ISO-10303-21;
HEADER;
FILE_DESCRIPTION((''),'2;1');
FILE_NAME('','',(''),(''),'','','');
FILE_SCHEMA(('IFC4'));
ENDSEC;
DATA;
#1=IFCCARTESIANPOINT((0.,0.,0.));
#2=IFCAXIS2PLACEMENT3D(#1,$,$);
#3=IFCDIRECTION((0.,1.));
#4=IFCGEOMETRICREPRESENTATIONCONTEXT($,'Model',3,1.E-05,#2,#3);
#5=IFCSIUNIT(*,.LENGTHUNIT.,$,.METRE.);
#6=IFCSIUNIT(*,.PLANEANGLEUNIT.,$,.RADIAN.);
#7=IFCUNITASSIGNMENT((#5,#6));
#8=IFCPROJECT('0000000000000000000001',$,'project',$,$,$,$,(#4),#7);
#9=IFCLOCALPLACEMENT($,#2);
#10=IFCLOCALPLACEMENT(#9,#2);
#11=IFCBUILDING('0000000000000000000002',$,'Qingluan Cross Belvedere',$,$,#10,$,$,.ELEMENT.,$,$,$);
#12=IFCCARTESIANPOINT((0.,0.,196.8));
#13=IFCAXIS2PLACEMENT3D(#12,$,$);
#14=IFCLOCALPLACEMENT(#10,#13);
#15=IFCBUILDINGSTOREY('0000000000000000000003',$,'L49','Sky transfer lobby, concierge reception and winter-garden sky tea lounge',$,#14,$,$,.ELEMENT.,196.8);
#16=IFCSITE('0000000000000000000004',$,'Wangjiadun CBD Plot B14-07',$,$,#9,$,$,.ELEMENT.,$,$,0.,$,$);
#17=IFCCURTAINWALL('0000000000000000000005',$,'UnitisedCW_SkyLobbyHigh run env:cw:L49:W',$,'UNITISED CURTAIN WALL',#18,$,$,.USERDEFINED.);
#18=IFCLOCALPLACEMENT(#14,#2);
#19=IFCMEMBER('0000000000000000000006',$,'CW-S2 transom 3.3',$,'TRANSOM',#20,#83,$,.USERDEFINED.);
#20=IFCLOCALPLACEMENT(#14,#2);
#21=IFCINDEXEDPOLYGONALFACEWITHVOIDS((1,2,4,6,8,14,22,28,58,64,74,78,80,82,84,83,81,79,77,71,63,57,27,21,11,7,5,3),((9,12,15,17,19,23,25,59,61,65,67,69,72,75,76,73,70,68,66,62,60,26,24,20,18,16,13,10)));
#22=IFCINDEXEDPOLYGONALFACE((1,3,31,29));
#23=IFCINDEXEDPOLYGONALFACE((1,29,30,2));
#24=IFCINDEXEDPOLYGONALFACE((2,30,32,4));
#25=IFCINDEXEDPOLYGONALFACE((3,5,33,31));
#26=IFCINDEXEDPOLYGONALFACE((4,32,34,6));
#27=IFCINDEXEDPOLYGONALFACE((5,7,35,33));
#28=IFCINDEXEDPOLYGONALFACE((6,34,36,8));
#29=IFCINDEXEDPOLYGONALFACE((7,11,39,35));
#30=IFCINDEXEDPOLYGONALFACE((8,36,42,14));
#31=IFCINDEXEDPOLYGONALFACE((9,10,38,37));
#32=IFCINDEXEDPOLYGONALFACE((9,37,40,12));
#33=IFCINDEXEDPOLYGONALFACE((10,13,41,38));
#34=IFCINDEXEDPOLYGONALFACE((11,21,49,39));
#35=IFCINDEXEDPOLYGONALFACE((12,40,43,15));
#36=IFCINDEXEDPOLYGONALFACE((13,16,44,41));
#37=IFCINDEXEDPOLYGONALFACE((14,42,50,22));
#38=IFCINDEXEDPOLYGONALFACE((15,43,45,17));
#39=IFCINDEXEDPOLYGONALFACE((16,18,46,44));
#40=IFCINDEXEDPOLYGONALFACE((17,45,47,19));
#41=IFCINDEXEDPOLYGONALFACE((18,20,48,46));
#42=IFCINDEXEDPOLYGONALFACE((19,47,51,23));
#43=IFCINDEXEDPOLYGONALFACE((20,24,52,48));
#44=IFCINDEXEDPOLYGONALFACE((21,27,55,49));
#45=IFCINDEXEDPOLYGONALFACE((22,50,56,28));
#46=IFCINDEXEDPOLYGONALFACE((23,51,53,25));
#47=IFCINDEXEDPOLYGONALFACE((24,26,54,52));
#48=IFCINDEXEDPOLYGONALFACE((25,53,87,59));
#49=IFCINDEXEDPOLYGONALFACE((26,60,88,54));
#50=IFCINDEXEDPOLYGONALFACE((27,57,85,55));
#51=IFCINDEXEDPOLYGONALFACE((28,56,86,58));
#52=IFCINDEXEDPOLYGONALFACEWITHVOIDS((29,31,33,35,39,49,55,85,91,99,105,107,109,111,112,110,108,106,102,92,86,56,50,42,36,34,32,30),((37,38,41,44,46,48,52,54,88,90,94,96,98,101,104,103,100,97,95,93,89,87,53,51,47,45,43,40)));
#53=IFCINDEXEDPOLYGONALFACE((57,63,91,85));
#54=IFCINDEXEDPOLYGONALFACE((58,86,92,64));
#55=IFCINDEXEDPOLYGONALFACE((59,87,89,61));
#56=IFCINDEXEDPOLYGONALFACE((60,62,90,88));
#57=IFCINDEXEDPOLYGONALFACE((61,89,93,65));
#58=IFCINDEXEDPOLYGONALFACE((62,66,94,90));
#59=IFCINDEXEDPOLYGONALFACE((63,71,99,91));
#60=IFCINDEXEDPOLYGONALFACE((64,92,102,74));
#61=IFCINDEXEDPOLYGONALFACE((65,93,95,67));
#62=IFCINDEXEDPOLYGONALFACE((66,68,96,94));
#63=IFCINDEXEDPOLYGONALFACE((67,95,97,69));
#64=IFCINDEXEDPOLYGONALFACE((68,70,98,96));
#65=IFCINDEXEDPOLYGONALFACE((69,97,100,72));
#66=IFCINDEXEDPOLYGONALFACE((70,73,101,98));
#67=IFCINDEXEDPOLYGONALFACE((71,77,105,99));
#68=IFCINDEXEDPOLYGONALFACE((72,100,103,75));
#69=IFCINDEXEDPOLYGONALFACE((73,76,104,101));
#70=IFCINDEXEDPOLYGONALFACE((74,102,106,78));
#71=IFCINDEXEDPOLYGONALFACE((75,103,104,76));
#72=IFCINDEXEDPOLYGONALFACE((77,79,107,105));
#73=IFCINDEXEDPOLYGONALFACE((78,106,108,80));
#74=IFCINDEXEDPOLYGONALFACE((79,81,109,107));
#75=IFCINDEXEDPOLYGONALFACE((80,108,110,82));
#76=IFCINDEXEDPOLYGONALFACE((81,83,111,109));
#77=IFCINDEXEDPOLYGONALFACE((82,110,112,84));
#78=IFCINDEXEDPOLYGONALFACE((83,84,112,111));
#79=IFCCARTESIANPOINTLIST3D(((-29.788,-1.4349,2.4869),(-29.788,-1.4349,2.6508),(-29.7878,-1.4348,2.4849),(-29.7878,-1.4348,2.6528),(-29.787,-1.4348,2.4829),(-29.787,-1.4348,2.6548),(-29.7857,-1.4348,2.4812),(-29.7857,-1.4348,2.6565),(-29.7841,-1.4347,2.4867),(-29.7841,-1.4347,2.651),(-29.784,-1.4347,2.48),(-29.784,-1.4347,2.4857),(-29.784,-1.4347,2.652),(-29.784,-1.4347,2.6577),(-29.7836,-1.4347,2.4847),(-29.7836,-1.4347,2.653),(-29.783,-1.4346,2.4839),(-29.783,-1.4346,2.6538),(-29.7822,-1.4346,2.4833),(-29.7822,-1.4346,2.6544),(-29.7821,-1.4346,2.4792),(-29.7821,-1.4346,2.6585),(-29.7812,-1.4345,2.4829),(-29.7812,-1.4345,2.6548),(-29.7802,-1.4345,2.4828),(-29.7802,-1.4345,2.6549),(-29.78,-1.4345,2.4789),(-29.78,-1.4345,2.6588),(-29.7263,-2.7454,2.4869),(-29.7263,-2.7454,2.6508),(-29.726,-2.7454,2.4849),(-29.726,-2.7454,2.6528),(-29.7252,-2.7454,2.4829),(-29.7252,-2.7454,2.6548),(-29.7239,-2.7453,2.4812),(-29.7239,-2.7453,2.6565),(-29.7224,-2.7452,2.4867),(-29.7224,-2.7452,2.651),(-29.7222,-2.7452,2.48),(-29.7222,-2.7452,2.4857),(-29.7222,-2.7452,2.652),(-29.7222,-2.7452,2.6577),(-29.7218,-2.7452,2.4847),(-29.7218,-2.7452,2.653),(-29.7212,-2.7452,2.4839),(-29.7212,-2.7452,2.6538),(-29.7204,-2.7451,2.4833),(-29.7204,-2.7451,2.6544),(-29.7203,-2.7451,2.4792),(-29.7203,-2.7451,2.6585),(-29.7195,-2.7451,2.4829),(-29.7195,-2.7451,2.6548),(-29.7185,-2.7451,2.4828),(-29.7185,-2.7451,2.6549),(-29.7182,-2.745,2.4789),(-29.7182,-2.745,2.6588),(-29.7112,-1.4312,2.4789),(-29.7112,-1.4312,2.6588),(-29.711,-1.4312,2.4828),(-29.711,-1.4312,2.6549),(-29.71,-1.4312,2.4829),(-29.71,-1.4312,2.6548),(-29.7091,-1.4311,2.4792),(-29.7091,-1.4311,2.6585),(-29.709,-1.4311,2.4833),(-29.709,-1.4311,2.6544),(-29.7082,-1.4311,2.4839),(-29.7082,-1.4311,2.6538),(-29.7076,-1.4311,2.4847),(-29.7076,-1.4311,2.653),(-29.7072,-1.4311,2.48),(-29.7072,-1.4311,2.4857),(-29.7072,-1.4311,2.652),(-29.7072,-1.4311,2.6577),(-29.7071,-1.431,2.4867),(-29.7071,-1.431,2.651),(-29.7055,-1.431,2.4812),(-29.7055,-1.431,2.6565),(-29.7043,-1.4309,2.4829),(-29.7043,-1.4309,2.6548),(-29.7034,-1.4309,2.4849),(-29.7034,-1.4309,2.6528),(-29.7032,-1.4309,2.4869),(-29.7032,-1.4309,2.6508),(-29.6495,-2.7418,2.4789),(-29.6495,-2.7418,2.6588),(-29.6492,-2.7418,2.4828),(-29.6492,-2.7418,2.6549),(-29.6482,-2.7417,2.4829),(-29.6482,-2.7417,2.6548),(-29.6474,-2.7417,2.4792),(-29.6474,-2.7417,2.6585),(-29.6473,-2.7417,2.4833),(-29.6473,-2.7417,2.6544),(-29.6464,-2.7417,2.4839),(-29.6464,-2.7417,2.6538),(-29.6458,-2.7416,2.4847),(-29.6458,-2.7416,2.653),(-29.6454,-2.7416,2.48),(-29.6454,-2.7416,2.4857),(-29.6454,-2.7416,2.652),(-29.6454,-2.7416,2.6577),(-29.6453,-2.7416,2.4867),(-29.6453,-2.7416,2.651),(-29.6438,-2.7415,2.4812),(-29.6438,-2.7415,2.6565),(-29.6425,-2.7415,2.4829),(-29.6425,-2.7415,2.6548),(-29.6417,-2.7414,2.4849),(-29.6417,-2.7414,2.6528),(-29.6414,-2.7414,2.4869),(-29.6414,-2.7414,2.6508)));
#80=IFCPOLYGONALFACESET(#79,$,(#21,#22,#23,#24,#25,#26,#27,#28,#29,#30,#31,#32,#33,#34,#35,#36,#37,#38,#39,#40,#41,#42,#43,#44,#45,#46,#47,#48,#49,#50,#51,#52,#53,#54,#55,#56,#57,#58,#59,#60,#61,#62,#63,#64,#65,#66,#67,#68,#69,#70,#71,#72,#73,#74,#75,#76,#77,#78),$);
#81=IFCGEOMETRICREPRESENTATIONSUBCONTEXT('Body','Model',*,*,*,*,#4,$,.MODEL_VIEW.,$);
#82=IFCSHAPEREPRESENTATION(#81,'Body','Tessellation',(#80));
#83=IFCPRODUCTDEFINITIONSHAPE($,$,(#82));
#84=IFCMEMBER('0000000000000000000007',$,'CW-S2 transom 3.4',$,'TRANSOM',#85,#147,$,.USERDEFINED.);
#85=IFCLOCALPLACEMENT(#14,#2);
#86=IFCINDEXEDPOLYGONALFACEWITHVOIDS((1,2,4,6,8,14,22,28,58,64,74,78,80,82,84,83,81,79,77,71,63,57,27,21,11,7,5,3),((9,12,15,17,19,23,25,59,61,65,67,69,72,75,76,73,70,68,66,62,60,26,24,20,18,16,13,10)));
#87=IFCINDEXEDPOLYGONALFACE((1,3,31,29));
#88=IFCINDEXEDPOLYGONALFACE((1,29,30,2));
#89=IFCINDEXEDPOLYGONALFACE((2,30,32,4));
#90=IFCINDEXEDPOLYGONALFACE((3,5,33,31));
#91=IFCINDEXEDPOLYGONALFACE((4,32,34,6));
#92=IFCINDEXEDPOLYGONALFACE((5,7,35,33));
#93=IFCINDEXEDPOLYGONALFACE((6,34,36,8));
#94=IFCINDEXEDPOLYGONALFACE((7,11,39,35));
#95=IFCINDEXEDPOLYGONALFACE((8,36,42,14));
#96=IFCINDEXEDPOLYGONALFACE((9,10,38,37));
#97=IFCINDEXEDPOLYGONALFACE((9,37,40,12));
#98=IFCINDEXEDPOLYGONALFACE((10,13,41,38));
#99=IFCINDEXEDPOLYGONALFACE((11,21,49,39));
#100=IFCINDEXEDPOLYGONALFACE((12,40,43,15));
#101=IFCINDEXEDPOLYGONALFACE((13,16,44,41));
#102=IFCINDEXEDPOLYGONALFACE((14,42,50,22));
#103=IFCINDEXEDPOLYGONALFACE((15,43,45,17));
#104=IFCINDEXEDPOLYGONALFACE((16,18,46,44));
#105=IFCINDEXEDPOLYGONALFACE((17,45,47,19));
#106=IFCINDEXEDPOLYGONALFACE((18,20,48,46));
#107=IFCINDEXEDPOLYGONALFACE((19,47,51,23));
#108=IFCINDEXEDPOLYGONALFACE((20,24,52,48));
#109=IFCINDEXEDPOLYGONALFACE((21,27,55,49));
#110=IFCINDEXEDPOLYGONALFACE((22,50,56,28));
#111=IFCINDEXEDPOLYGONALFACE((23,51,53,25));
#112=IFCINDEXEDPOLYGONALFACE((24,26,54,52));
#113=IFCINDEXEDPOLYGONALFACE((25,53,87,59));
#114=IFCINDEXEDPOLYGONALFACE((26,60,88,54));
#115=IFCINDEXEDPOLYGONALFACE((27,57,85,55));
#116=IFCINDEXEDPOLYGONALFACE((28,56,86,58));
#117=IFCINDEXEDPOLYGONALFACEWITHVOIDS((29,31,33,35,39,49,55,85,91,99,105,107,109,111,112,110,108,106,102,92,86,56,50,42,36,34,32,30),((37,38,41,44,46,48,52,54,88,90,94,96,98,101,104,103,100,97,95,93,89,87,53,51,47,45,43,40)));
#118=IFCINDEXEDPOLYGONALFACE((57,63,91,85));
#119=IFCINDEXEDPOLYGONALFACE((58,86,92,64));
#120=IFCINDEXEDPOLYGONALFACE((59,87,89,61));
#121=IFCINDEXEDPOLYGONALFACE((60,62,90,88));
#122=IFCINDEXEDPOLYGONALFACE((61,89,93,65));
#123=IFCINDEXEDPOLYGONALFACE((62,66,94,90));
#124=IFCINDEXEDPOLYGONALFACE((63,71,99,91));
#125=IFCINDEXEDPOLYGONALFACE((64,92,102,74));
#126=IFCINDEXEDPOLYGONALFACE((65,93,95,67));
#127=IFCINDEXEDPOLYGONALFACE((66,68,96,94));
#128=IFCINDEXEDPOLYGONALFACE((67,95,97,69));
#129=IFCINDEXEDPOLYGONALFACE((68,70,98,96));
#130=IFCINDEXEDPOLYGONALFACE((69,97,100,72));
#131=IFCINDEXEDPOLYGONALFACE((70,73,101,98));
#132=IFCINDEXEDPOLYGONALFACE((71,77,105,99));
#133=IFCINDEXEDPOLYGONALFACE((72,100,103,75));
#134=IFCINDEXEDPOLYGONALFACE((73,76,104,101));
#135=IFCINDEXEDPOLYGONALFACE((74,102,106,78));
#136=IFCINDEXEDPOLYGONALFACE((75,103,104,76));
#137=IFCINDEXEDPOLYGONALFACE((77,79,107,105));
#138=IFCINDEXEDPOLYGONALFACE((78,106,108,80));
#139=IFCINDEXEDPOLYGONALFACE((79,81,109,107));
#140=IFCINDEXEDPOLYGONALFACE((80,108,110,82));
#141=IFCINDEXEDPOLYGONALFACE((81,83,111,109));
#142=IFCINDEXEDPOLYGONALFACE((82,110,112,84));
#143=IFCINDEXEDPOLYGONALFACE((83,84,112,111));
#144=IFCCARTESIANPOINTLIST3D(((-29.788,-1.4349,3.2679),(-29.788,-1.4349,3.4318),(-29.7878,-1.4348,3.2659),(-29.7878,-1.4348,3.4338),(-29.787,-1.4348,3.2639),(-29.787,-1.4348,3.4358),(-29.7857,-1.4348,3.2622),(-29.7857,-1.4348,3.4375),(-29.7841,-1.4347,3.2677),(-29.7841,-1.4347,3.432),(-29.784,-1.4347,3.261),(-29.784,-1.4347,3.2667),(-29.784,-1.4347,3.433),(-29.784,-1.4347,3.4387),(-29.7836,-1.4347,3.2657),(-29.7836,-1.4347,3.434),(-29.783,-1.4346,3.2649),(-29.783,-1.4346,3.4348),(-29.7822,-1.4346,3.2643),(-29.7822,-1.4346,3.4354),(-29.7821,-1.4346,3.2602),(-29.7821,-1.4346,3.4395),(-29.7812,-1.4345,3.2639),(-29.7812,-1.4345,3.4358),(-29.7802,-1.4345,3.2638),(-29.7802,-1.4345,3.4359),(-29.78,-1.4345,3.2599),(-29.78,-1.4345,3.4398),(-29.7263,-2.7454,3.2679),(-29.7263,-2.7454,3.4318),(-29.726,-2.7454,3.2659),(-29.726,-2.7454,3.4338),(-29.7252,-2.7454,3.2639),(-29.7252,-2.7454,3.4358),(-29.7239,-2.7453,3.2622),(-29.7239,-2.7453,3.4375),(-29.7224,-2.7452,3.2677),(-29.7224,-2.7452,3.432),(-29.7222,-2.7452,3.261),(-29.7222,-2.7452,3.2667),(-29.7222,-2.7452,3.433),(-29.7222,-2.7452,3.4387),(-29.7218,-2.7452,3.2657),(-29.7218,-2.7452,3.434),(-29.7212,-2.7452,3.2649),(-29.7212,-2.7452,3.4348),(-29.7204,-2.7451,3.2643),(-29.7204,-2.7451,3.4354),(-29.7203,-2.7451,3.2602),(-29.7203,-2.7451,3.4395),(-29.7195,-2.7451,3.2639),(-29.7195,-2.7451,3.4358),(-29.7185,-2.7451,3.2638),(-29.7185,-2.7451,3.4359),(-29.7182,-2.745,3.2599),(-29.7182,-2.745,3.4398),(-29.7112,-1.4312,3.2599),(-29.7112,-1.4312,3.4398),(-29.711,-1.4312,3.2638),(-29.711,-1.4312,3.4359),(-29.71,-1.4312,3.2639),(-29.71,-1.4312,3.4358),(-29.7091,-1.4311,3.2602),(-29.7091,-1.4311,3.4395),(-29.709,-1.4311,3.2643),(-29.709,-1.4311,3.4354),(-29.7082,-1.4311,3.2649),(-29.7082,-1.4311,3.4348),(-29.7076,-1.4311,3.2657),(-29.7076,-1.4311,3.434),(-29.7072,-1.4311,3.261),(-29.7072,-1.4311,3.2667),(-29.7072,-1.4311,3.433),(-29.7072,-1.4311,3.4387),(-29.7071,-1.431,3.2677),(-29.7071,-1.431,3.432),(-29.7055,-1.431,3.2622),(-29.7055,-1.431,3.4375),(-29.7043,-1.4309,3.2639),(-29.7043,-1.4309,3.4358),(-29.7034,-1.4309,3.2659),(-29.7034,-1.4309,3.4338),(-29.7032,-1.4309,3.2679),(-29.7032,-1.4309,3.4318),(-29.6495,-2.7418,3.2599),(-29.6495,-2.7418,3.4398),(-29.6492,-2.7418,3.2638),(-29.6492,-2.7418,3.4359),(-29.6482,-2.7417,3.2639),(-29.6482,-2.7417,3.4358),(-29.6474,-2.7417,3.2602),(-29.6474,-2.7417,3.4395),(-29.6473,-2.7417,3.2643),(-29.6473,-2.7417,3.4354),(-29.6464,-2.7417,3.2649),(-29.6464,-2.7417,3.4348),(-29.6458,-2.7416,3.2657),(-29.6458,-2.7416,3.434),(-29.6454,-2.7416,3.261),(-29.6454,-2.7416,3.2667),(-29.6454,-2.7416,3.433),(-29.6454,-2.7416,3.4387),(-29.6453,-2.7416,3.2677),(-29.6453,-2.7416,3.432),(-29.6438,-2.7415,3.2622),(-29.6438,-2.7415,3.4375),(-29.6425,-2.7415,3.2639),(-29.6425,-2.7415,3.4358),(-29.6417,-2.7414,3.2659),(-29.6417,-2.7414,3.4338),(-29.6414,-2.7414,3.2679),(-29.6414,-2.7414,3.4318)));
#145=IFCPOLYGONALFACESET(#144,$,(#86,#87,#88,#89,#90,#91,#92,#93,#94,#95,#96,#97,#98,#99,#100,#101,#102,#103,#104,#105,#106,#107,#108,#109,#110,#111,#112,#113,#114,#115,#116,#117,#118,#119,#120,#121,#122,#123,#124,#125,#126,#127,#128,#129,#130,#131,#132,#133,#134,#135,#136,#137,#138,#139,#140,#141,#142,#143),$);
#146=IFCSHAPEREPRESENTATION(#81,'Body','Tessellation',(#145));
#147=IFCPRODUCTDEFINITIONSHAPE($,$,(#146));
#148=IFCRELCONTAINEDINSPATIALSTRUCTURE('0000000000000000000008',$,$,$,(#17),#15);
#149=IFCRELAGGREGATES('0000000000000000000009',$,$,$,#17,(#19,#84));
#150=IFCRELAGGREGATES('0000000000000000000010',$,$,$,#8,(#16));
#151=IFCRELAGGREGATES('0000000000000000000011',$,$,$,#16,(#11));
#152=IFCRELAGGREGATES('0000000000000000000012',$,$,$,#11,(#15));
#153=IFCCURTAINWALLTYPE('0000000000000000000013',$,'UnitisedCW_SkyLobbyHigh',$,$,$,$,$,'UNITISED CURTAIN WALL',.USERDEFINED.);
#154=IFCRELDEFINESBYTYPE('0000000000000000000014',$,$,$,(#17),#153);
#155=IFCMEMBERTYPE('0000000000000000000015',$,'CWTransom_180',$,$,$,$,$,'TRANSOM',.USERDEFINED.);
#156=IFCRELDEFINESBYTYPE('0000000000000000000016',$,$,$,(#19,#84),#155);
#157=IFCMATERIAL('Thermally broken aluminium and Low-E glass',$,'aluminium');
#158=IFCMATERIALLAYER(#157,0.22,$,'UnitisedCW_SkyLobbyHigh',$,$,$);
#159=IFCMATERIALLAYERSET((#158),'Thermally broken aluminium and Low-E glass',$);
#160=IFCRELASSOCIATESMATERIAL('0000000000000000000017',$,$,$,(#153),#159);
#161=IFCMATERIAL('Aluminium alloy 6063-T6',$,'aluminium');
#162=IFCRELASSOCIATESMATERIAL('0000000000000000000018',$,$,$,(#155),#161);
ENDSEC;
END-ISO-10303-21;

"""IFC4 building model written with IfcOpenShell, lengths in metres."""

from ifc_helpers import new_model, si_unit, direction, frame, origin, origin_2d, place, context, subcontext, project, spatial, hollow_rectangle, extrude, material, layer, layer_set, material_profile, profile_set, type_object, element, aggregate, save


model = new_model("IFC4")

# Units and contexts
model_context = context("Model", 3, precision=1e-05, world=origin(), true_north=direction((0.0, 1.0)))
body_context = subcontext(model_context, "Body", "Model", "MODEL_VIEW")
ifc_project = project(units=[si_unit("LENGTHUNIT", "METRE"), si_unit("PLANEANGLEUNIT", "RADIAN")], contexts=[model_context])

# Site, building, storey
site_placement = place(None, origin())
site = spatial("IfcSite", under=ifc_project, at=site_placement, Name="Wangjiadun CBD Plot B14-07", CompositionType="ELEMENT", RefElevation=0.0)
building_placement = place(site_placement, origin())
building = spatial("IfcBuilding", under=site, at=building_placement, Name="Qingluan Cross Belvedere", CompositionType="ELEMENT")
storey_placement = place(building_placement, frame((0.0, 0.0, 196.8)))
storey = spatial("IfcBuildingStorey", under=building, at=storey_placement, Name="L49", Description="Sky transfer lobby, concierge reception and winter-garden sky tea lounge", CompositionType="ELEMENT", Elevation=196.8)

# Curtain wall, members
ifc_material_1 = material(Name="Thermally broken aluminium and Low-E glass", Category="aluminium")
ifc_layer_1 = layer(ifc_material_1, 0.22, Name="UnitisedCW_SkyLobbyHigh")
ifc_layer_set_1 = layer_set([ifc_layer_1], Name="Thermally broken aluminium and Low-E glass")
curtain_wall_type = type_object("IfcCurtainWallType", Name="UnitisedCW_SkyLobbyHigh", ElementType="UNITISED CURTAIN WALL", PredefinedType="USERDEFINED", material=ifc_layer_set_1)
curtain_wall_placement = place(storey_placement, origin())
curtain_wall = element("IfcCurtainWall", 1, at=curtain_wall_placement, inside=storey, type_object=curtain_wall_type, Name="UnitisedCW_SkyLobbyHigh run env:cw:L49:W", ObjectType="UNITISED CURTAIN WALL", PredefinedType="USERDEFINED")
ifc_material_2 = material(Name="Aluminium alloy 6063-T6", Category="aluminium")
ifc_material_profile_1 = material_profile(ifc_material_2, hollow_rectangle(XDim=0.085, YDim=0.1799, WallThickness=0.0039, InnerFilletRadius=0.0039, OuterFilletRadius=0.0081, at=origin_2d()), Name="CWT180x85x4")
ifc_profile_set_1 = profile_set([ifc_material_profile_1], Name="Aluminium alloy 6063-T6")
member_type_1 = type_object("IfcMemberType", Name="CWTransom_180", ElementType="TRANSOM", PredefinedType="USERDEFINED", material=ifc_profile_set_1)
member_1_placement = place(storey_placement, frame((-29.7456, -1.4329, 2.5688), z_axis=(0.047079, -0.998891, 0.0), x_axis=(0.998891, 0.047079, 0.0)))
member_1 = element("IfcMember", 2, at=member_1_placement, type_object=member_type_1, Name="CW-S2 transom 3.3", ObjectType="TRANSOM", PredefinedType="USERDEFINED", context=body_context, shape_type="SweptSolid", body=[
    extrude(hollow_rectangle(XDim=0.085, YDim=0.1799, WallThickness=0.0039, InnerFilletRadius=0.0039, OuterFilletRadius=0.0081, at=origin_2d()), origin(), (0.0, 0.0, 1.0), 1.312),
])
member_2_placement = place(storey_placement, frame((-29.7456, -1.4329, 3.3499), z_axis=(0.047079, -0.998891, 0.0), x_axis=(0.998891, 0.047079, 0.0)))
member_2 = element("IfcMember", 3, at=member_2_placement, type_object=member_type_1, Name="CW-S2 transom 3.4", ObjectType="TRANSOM", PredefinedType="USERDEFINED", context=body_context, shape_type="SweptSolid", body=[
    extrude(hollow_rectangle(XDim=0.085, YDim=0.1799, WallThickness=0.0039, InnerFilletRadius=0.0039, OuterFilletRadius=0.0081, at=origin_2d()), origin(), (0.0, 0.0, 1.0), 1.312),
])
aggregate(curtain_wall, [member_1, member_2])

save(model, "model.ifc")
